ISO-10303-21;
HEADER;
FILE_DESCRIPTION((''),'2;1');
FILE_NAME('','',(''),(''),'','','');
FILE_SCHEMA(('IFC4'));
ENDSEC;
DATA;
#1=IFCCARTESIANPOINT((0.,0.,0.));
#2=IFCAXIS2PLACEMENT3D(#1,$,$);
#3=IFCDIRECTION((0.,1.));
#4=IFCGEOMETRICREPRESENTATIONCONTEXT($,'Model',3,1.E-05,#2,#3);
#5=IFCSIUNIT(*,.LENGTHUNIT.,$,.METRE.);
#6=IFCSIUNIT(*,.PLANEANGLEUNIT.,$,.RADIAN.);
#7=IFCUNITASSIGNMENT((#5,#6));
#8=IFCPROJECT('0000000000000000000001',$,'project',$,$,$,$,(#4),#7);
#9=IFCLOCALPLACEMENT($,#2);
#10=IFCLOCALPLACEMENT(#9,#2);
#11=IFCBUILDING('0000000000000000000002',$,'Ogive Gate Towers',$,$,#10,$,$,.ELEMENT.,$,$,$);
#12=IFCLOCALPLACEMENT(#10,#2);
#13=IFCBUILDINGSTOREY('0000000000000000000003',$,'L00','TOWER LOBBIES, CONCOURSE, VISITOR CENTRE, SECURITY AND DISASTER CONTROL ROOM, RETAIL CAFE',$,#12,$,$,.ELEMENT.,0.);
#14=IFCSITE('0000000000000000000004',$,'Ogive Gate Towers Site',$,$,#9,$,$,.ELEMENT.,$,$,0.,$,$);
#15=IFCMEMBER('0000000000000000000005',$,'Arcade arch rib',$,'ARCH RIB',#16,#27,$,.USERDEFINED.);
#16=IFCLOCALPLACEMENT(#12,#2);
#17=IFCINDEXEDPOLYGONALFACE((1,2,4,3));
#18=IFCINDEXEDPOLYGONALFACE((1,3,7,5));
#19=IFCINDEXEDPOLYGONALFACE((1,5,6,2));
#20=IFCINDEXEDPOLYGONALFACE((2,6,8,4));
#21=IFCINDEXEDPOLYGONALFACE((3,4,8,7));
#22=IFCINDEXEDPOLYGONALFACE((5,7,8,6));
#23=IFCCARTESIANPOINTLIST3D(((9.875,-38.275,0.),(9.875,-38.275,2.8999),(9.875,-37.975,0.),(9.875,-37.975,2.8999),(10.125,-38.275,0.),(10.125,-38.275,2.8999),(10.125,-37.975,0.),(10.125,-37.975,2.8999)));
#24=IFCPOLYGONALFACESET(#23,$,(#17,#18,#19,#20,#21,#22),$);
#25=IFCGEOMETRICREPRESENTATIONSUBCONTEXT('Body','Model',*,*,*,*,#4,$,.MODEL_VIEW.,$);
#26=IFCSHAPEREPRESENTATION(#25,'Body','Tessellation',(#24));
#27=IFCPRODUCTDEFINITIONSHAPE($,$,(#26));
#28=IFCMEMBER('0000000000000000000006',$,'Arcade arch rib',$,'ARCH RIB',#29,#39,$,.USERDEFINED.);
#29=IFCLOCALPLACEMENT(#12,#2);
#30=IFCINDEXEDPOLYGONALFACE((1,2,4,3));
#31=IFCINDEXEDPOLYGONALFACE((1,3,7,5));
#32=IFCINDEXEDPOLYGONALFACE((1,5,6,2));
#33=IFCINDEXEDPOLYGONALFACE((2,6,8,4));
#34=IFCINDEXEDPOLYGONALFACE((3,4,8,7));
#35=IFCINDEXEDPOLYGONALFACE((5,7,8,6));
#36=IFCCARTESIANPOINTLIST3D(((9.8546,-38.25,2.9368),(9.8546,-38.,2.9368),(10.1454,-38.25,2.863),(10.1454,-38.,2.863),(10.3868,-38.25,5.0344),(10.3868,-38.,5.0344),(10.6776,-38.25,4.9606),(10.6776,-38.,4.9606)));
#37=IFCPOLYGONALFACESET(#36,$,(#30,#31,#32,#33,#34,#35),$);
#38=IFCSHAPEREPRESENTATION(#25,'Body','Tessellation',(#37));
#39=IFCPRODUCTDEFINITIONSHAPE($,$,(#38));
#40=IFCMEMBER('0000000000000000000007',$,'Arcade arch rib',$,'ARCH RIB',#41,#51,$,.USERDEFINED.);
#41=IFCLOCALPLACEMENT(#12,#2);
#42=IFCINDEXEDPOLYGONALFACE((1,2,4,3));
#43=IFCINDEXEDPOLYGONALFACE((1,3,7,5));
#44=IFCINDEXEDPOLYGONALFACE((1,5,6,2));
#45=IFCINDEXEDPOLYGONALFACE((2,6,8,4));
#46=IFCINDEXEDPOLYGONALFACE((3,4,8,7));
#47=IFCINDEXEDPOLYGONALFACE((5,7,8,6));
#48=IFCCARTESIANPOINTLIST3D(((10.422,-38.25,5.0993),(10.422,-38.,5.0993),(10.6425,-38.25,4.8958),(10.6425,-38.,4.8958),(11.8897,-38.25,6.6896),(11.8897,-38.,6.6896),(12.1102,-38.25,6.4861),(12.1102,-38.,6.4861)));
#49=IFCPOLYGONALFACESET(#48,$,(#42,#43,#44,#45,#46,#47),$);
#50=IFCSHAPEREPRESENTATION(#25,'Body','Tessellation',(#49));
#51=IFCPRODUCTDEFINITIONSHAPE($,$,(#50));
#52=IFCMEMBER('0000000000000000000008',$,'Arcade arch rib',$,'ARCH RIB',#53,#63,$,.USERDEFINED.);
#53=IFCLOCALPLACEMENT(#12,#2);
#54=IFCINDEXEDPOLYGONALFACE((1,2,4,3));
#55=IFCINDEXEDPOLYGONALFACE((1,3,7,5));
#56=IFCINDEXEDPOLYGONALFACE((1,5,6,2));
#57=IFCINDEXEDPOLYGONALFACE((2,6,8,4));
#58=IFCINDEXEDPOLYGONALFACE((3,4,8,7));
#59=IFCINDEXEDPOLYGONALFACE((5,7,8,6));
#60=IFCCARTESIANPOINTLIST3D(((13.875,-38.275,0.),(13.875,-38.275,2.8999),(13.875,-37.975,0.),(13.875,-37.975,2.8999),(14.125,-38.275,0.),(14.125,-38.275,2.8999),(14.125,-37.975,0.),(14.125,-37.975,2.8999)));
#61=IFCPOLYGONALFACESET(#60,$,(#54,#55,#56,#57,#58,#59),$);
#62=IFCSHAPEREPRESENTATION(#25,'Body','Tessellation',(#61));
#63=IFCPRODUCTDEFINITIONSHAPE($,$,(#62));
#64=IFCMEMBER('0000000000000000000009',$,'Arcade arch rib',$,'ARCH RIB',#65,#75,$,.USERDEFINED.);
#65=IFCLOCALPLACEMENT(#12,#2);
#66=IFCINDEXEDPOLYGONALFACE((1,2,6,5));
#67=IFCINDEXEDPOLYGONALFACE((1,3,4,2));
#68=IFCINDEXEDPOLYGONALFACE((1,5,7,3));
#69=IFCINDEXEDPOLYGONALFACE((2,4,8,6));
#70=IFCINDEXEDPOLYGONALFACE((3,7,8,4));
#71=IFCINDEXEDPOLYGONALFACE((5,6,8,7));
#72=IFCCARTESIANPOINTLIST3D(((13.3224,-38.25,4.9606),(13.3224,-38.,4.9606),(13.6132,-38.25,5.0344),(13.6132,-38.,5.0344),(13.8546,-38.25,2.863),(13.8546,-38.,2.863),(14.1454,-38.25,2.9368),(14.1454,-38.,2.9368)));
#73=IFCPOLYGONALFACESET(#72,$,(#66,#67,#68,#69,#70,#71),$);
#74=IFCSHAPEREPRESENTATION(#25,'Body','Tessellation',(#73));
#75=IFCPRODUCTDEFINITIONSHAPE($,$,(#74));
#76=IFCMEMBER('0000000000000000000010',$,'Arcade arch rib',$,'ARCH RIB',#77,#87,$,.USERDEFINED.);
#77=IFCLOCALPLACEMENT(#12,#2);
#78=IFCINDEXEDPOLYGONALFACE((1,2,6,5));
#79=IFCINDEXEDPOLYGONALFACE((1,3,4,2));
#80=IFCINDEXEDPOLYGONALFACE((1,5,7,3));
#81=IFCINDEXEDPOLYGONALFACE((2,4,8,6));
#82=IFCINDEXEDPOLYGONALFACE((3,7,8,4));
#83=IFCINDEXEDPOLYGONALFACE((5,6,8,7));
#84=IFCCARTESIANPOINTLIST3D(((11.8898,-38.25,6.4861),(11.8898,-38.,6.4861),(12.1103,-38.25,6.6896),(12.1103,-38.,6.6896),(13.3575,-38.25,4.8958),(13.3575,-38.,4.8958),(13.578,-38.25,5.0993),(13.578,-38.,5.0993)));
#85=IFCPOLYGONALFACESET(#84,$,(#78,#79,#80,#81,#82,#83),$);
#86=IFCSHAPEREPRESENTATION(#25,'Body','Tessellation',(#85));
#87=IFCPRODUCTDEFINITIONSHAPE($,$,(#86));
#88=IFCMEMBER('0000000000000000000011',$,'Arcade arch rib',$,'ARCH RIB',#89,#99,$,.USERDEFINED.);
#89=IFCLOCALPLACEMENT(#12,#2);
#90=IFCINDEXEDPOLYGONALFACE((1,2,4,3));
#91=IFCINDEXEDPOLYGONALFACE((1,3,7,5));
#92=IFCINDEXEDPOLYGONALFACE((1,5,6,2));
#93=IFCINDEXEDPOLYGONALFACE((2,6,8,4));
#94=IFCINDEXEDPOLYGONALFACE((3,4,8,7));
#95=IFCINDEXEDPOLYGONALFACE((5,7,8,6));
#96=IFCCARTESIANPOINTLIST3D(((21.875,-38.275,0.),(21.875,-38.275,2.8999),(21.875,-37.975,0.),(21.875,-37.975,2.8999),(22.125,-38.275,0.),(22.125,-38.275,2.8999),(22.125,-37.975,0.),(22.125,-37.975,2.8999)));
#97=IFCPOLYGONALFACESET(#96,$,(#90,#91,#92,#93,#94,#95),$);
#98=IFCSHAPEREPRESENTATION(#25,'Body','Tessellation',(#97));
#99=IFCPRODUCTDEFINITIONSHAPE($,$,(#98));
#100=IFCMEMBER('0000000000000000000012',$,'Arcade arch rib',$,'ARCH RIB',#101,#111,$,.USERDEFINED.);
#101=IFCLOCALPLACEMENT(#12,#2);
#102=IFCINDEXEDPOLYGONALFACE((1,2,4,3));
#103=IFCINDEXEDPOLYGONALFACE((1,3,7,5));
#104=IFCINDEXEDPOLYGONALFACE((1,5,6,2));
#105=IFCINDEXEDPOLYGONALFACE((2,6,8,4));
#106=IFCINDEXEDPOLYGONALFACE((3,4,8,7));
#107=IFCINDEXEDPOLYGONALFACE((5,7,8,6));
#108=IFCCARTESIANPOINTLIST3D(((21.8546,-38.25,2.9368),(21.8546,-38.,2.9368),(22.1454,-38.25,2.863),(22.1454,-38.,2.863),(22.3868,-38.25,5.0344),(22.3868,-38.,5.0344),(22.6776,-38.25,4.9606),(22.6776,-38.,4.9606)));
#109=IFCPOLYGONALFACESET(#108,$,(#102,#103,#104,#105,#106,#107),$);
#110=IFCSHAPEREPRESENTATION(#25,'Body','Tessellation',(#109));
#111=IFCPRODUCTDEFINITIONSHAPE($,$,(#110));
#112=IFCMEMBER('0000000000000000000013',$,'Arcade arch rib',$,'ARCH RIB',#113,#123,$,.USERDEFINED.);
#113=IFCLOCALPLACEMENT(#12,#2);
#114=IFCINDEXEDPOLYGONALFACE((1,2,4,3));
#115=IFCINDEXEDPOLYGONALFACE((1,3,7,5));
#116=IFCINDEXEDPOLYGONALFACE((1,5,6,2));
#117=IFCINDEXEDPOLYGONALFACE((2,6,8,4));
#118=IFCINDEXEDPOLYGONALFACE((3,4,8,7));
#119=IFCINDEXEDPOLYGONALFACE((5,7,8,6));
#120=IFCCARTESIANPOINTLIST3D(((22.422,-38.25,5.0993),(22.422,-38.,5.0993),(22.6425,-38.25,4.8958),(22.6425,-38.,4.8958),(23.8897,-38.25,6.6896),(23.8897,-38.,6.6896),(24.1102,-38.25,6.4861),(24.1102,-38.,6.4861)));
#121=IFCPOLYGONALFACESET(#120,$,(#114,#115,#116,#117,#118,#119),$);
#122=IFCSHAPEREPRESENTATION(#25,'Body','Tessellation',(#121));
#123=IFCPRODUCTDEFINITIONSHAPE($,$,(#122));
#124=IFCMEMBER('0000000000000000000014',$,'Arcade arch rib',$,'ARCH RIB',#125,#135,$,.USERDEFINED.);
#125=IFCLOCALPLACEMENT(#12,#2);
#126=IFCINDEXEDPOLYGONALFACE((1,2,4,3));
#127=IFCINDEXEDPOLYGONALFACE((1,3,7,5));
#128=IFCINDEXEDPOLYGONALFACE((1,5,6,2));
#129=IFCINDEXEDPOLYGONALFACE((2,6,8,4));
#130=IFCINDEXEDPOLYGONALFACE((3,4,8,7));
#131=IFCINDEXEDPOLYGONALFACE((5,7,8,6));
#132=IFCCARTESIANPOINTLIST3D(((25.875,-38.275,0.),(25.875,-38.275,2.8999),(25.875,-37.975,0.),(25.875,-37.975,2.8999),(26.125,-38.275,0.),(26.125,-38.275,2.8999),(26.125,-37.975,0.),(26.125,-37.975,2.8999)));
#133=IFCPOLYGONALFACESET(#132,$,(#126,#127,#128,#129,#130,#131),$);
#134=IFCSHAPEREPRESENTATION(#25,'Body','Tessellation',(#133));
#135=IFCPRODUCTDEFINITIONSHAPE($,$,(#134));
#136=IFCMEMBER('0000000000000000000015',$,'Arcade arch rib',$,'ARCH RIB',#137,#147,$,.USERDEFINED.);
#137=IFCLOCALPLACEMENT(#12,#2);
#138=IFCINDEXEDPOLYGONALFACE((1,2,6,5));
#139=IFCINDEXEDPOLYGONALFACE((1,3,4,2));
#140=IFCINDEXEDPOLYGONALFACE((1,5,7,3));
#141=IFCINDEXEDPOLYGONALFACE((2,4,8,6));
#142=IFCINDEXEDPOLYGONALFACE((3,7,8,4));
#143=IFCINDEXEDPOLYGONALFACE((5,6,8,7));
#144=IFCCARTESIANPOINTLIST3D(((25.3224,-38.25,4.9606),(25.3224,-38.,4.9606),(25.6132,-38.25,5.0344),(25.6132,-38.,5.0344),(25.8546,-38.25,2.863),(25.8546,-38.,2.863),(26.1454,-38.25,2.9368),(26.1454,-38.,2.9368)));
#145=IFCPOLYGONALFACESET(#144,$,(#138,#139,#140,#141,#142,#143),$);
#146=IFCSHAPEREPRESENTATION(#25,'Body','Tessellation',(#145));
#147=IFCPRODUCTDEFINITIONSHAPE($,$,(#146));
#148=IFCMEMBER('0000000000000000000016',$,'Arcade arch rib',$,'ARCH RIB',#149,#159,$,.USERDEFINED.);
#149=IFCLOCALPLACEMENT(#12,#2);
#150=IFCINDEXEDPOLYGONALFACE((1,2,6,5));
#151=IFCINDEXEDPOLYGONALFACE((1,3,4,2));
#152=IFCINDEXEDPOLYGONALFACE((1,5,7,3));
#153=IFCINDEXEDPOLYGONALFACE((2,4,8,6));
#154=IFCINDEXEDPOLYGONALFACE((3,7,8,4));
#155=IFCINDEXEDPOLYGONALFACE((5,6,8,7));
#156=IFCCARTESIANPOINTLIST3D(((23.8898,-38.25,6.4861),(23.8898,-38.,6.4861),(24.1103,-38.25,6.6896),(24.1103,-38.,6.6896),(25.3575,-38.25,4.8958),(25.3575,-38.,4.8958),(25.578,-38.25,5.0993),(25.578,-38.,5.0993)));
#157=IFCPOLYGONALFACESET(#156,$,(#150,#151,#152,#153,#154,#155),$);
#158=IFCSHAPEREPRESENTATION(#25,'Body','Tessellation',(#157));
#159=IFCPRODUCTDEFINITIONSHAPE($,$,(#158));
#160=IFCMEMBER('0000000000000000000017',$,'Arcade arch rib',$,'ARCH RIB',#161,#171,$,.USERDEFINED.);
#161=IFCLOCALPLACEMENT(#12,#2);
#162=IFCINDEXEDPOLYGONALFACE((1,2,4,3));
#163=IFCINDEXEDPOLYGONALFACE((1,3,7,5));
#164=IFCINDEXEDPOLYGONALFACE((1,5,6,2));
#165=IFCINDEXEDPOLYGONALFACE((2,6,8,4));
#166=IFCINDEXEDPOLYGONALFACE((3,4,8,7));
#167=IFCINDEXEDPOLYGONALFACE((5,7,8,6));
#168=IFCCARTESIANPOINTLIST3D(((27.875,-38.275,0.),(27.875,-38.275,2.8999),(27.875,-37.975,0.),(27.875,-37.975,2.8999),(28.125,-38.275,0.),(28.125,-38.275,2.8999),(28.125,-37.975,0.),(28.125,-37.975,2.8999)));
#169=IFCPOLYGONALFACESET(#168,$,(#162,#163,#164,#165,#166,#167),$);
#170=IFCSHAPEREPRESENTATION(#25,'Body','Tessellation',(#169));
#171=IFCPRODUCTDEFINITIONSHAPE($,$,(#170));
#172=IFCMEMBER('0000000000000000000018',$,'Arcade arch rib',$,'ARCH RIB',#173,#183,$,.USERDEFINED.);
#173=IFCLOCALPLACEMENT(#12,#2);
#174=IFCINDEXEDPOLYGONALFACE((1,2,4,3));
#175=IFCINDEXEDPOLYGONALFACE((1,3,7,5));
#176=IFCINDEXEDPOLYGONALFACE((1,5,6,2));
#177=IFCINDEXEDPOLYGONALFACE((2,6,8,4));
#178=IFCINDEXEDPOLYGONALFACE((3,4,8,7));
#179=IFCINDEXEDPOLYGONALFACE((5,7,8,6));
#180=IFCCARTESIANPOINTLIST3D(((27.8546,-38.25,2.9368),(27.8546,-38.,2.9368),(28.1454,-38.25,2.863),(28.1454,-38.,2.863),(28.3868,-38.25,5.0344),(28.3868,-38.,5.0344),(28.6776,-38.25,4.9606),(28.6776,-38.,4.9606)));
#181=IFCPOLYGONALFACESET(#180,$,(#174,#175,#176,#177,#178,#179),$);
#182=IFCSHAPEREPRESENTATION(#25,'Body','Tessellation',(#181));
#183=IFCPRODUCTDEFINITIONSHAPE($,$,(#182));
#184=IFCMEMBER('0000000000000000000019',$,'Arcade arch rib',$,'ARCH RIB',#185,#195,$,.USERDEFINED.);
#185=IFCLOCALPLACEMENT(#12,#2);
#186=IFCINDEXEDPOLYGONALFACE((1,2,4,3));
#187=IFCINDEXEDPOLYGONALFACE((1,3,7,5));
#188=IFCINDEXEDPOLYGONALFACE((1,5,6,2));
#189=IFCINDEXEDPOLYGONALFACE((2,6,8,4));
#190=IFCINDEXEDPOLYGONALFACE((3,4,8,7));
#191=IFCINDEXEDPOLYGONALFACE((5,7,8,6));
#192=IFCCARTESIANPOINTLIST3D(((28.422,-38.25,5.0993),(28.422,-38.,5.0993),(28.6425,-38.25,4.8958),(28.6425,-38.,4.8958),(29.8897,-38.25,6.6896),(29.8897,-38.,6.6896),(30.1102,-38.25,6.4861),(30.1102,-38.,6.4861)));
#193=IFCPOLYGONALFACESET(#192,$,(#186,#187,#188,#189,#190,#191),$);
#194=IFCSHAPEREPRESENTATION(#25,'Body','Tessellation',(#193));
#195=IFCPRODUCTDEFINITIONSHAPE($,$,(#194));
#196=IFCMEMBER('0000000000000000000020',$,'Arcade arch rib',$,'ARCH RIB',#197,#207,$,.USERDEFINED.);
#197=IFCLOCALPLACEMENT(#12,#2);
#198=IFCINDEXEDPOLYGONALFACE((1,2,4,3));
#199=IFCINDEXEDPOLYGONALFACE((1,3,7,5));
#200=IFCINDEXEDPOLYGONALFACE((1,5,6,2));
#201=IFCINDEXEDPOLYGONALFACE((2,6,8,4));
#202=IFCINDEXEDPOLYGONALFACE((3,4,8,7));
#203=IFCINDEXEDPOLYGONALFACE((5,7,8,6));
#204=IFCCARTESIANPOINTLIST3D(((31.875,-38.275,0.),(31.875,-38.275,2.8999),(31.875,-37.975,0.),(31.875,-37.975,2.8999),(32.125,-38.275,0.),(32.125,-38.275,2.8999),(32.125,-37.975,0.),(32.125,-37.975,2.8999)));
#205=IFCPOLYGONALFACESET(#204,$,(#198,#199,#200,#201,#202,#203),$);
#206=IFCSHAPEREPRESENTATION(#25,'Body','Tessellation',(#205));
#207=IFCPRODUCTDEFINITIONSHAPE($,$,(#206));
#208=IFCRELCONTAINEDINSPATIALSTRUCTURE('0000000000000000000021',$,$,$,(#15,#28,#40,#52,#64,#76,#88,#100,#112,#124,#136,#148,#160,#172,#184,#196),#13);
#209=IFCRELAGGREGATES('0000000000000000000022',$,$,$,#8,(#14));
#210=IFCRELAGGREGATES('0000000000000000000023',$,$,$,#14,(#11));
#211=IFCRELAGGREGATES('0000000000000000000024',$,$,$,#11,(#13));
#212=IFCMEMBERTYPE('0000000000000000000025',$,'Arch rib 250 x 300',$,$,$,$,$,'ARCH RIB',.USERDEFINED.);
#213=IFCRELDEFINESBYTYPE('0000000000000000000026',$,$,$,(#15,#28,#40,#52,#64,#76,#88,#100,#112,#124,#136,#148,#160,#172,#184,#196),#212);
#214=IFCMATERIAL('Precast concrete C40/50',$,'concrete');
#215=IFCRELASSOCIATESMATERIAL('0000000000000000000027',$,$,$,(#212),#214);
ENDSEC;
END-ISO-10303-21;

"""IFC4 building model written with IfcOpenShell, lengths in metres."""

from ifc_helpers import new_model, si_unit, direction, frame, origin, origin_2d, place, context, subcontext, project, spatial, rectangle, extrude, material, material_profile, profile_set, type_object, element, save


model = new_model("IFC4")

# Units and contexts
model_context = context("Model", 3, precision=1e-05, world=origin(), true_north=direction((0.0, 1.0)))
body_context = subcontext(model_context, "Body", "Model", "MODEL_VIEW")
ifc_project = project(units=[si_unit("LENGTHUNIT", "METRE"), si_unit("PLANEANGLEUNIT", "RADIAN")], contexts=[model_context])

# Site, building, storey
site_placement = place(None, origin())
site = spatial("IfcSite", under=ifc_project, at=site_placement, Name="Ogive Gate Towers Site", CompositionType="ELEMENT", RefElevation=0.0)
building_placement = place(site_placement, origin())
building = spatial("IfcBuilding", under=site, at=building_placement, Name="Ogive Gate Towers", CompositionType="ELEMENT")
storey_placement = place(building_placement, origin())
storey = spatial("IfcBuildingStorey", under=building, at=storey_placement, Name="L00", Description="TOWER LOBBIES, CONCOURSE, VISITOR CENTRE, SECURITY AND DISASTER CONTROL ROOM, RETAIL CAFE", CompositionType="ELEMENT", Elevation=0.0)

# Members
ifc_material_1 = material(Name="Precast concrete C40/50", Category="concrete")
ifc_material_profile = material_profile(ifc_material_1, rectangle(XDim=0.25, YDim=0.3, at=origin_2d()), Name="250 x 300 cast stone")
ifc_profile_set = profile_set([ifc_material_profile], Name="Precast concrete C40/50")
member_type = type_object("IfcMemberType", Name="Arch rib 250 x 300", ElementType="ARCH RIB", PredefinedType="USERDEFINED", material=ifc_profile_set)
member_1_placement = place(storey_placement, frame((10.0, -38.125, 0.0), z_axis=(0.0, 0.0, 1.0), x_axis=(1.0, 0.0, 0.0)))
element("IfcMember", 1, at=member_1_placement, inside=storey, type_object=member_type, Name="Arcade arch rib", ObjectType="ARCH RIB", PredefinedType="USERDEFINED", context=body_context, shape_type="SweptSolid", body=[
    extrude(rectangle(XDim=0.25, YDim=0.3, at=origin_2d()), origin(), (0.0, 0.0, 1.0), 2.8999),
])
for number, where, z_axis, x_axis, name in (
    (2, (10.0, -38.125, 2.8999), (0.245932, 0.0, 0.969287), (0.0, 1.0, 0.0), "Arcade arch rib"),
    (3, (10.5322, -38.125, 4.9976), (0.678224, 0.0, 0.734855), (0.0, 1.0, 0.0), "Arcade arch rib"),
):
    element("IfcMember", number, at=place(storey_placement, frame(where, z_axis=z_axis, x_axis=x_axis)), inside=storey, type_object=member_type, Name=name, ObjectType="ARCH RIB", PredefinedType="USERDEFINED", context=body_context, shape_type="SweptSolid", body=[
        extrude(rectangle(XDim=0.25, YDim=0.3, at=origin_2d()), origin(), (0.0, 0.0, 1.0), 2.1641),
    ])
member_2_placement = place(storey_placement, frame((14.0, -38.125, 0.0), z_axis=(0.0, 0.0, 1.0), x_axis=(1.0, 0.0, 0.0)))
element("IfcMember", 4, at=member_2_placement, inside=storey, type_object=member_type, Name="Arcade arch rib", ObjectType="ARCH RIB", PredefinedType="USERDEFINED", context=body_context, shape_type="SweptSolid", body=[
    extrude(rectangle(XDim=0.25, YDim=0.3, at=origin_2d()), origin(), (0.0, 0.0, 1.0), 2.8999),
])
for number, where, z_axis, x_axis, name in (
    (5, (14.0, -38.125, 2.8999), (-0.245932, 0.0, 0.969287), (0.0, -1.0, 0.0), "Arcade arch rib"),
    (6, (13.4678, -38.125, 4.9976), (-0.678224, 0.0, 0.734855), (0.0, -1.0, 0.0), "Arcade arch rib"),
):
    element("IfcMember", number, at=place(storey_placement, frame(where, z_axis=z_axis, x_axis=x_axis)), inside=storey, type_object=member_type, Name=name, ObjectType="ARCH RIB", PredefinedType="USERDEFINED", context=body_context, shape_type="SweptSolid", body=[
        extrude(rectangle(XDim=0.25, YDim=0.3, at=origin_2d()), origin(), (0.0, 0.0, 1.0), 2.1641),
    ])
member_3_placement = place(storey_placement, frame((22.0, -38.125, 0.0), z_axis=(0.0, 0.0, 1.0), x_axis=(1.0, 0.0, 0.0)))
element("IfcMember", 7, at=member_3_placement, inside=storey, type_object=member_type, Name="Arcade arch rib", ObjectType="ARCH RIB", PredefinedType="USERDEFINED", context=body_context, shape_type="SweptSolid", body=[
    extrude(rectangle(XDim=0.25, YDim=0.3, at=origin_2d()), origin(), (0.0, 0.0, 1.0), 2.8999),
])
for number, where, z_axis, x_axis, name in (
    (8, (22.0, -38.125, 2.8999), (0.245932, 0.0, 0.969287), (0.0, 1.0, 0.0), "Arcade arch rib"),
    (9, (22.5322, -38.125, 4.9976), (0.678224, 0.0, 0.734855), (0.0, 1.0, 0.0), "Arcade arch rib"),
):
    element("IfcMember", number, at=place(storey_placement, frame(where, z_axis=z_axis, x_axis=x_axis)), inside=storey, type_object=member_type, Name=name, ObjectType="ARCH RIB", PredefinedType="USERDEFINED", context=body_context, shape_type="SweptSolid", body=[
        extrude(rectangle(XDim=0.25, YDim=0.3, at=origin_2d()), origin(), (0.0, 0.0, 1.0), 2.1641),
    ])
member_4_placement = place(storey_placement, frame((26.0, -38.125, 0.0), z_axis=(0.0, 0.0, 1.0), x_axis=(1.0, 0.0, 0.0)))
element("IfcMember", 10, at=member_4_placement, inside=storey, type_object=member_type, Name="Arcade arch rib", ObjectType="ARCH RIB", PredefinedType="USERDEFINED", context=body_context, shape_type="SweptSolid", body=[
    extrude(rectangle(XDim=0.25, YDim=0.3, at=origin_2d()), origin(), (0.0, 0.0, 1.0), 2.8999),
])
for number, where, z_axis, x_axis, name in (
    (11, (26.0, -38.125, 2.8999), (-0.245932, 0.0, 0.969287), (0.0, -1.0, 0.0), "Arcade arch rib"),
    (12, (25.4678, -38.125, 4.9976), (-0.678224, 0.0, 0.734855), (0.0, -1.0, 0.0), "Arcade arch rib"),
):
    element("IfcMember", number, at=place(storey_placement, frame(where, z_axis=z_axis, x_axis=x_axis)), inside=storey, type_object=member_type, Name=name, ObjectType="ARCH RIB", PredefinedType="USERDEFINED", context=body_context, shape_type="SweptSolid", body=[
        extrude(rectangle(XDim=0.25, YDim=0.3, at=origin_2d()), origin(), (0.0, 0.0, 1.0), 2.1641),
    ])
member_5_placement = place(storey_placement, frame((28.0, -38.125, 0.0), z_axis=(0.0, 0.0, 1.0), x_axis=(1.0, 0.0, 0.0)))
element("IfcMember", 13, at=member_5_placement, inside=storey, type_object=member_type, Name="Arcade arch rib", ObjectType="ARCH RIB", PredefinedType="USERDEFINED", context=body_context, shape_type="SweptSolid", body=[
    extrude(rectangle(XDim=0.25, YDim=0.3, at=origin_2d()), origin(), (0.0, 0.0, 1.0), 2.8999),
])
for number, where, z_axis, x_axis, name in (
    (14, (28.0, -38.125, 2.8999), (0.245932, 0.0, 0.969287), (0.0, 1.0, 0.0), "Arcade arch rib"),
    (15, (28.5322, -38.125, 4.9976), (0.678224, 0.0, 0.734855), (0.0, 1.0, 0.0), "Arcade arch rib"),
):
    element("IfcMember", number, at=place(storey_placement, frame(where, z_axis=z_axis, x_axis=x_axis)), inside=storey, type_object=member_type, Name=name, ObjectType="ARCH RIB", PredefinedType="USERDEFINED", context=body_context, shape_type="SweptSolid", body=[
        extrude(rectangle(XDim=0.25, YDim=0.3, at=origin_2d()), origin(), (0.0, 0.0, 1.0), 2.1641),
    ])
member_6_placement = place(storey_placement, frame((32.0, -38.125, 0.0), z_axis=(0.0, 0.0, 1.0), x_axis=(1.0, 0.0, 0.0)))
element("IfcMember", 16, at=member_6_placement, inside=storey, type_object=member_type, Name="Arcade arch rib", ObjectType="ARCH RIB", PredefinedType="USERDEFINED", context=body_context, shape_type="SweptSolid", body=[
    extrude(rectangle(XDim=0.25, YDim=0.3, at=origin_2d()), origin(), (0.0, 0.0, 1.0), 2.8999),
])

save(model, "model.ifc")
